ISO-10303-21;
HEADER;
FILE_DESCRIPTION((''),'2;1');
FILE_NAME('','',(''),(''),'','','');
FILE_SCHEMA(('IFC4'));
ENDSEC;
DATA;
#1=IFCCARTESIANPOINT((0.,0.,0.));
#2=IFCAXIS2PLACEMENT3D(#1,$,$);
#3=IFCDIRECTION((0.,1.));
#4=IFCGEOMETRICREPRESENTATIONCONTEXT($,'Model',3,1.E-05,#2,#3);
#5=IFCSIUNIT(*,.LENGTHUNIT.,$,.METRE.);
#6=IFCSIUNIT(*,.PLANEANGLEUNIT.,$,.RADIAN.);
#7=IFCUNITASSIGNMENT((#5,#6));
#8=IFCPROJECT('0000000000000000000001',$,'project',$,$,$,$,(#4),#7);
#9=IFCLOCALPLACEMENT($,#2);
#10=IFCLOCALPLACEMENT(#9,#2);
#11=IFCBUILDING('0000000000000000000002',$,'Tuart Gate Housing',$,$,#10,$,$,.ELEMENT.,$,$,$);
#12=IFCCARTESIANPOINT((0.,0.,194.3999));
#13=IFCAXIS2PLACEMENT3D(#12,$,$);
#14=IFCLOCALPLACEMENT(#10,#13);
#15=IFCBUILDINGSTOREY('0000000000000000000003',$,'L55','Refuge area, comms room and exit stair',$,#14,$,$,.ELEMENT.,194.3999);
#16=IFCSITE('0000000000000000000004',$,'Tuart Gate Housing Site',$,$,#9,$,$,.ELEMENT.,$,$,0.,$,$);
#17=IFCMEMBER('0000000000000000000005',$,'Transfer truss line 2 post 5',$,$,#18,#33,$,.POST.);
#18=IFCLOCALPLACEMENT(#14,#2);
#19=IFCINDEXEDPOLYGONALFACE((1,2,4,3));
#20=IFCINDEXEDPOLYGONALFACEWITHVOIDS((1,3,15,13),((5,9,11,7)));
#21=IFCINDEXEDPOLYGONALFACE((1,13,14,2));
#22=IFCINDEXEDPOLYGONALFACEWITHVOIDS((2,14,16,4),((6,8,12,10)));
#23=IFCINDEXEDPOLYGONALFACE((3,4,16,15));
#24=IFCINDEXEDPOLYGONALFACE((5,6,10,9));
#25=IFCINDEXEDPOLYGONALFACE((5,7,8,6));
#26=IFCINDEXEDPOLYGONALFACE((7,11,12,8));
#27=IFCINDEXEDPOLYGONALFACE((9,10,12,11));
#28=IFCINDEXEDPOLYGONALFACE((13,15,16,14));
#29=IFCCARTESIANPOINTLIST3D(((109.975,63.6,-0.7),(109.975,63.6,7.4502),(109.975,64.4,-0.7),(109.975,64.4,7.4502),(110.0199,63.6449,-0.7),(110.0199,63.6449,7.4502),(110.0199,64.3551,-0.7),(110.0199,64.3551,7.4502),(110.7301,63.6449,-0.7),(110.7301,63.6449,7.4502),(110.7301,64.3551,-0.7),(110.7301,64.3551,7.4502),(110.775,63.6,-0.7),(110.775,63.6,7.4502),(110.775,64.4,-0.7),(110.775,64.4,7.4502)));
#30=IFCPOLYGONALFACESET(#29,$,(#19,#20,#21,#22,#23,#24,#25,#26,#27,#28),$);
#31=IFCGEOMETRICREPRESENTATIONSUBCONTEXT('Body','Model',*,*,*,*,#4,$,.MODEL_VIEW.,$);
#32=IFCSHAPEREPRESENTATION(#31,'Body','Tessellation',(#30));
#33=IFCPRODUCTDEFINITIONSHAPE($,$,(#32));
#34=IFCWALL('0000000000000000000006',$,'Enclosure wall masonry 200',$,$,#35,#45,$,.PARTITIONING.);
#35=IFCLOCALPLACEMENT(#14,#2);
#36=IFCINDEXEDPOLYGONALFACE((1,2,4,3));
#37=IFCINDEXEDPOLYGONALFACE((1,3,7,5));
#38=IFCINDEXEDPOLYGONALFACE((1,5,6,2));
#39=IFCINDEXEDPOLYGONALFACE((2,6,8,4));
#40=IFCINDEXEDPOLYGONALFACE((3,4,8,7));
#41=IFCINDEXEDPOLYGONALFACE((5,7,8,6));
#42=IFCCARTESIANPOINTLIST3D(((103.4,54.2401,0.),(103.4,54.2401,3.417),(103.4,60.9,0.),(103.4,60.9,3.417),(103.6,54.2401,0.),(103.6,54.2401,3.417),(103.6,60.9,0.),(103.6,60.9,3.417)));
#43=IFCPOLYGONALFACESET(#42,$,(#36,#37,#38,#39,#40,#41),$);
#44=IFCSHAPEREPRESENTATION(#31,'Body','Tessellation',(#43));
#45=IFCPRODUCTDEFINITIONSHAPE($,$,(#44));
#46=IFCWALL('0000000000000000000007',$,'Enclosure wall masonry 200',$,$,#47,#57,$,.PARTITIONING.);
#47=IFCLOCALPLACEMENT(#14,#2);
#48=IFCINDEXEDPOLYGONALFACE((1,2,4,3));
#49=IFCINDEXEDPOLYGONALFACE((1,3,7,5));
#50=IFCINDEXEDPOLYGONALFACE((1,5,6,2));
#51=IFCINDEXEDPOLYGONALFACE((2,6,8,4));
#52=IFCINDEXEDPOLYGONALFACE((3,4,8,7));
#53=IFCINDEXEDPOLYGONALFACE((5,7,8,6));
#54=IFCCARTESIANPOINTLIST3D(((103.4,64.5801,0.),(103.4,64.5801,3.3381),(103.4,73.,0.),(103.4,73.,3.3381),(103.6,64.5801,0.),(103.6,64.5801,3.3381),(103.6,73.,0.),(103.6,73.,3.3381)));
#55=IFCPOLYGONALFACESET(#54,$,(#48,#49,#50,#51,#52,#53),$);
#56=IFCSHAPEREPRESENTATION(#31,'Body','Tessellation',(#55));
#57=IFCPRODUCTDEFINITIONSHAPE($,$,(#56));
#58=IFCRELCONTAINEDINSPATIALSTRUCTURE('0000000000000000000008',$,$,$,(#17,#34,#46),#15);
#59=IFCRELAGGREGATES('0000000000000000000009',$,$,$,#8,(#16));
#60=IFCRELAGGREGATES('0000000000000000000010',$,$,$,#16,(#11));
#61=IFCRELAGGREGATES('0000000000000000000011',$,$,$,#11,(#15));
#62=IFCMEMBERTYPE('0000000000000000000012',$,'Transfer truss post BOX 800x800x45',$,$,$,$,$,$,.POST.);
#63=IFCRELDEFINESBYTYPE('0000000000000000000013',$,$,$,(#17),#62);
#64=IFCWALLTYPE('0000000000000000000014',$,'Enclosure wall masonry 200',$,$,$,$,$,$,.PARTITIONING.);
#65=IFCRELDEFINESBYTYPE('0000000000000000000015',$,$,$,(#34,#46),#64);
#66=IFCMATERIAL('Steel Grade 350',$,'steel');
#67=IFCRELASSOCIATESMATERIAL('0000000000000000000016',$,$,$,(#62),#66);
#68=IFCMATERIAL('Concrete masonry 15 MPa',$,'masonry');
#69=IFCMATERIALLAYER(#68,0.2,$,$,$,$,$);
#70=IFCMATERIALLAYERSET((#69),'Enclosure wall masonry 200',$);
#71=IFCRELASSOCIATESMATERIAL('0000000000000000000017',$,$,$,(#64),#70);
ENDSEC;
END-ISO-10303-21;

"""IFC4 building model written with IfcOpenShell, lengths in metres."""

from ifc_helpers import new_model, si_unit, direction, frame, frame_2d, origin, origin_2d, place, context, subcontext, project, spatial, rectangle, hollow_rectangle, extrude, material, layer, layer_set, material_profile, profile_set, type_object, element, save


model = new_model("IFC4")

# Units and contexts
model_context = context("Model", 3, precision=1e-05, world=origin(), true_north=direction((0.0, 1.0)))
body_context = subcontext(model_context, "Body", "Model", "MODEL_VIEW")
ifc_project = project(units=[si_unit("LENGTHUNIT", "METRE"), si_unit("PLANEANGLEUNIT", "RADIAN")], contexts=[model_context])

# Site, building, storey
site_placement = place(None, origin())
site = spatial("IfcSite", under=ifc_project, at=site_placement, Name="Tuart Gate Housing Site", CompositionType="ELEMENT", RefElevation=0.0)
building_placement = place(site_placement, origin())
building = spatial("IfcBuilding", under=site, at=building_placement, Name="Tuart Gate Housing", CompositionType="ELEMENT")
storey_placement = place(building_placement, frame((0.0, 0.0, 194.3999)))
storey = spatial("IfcBuildingStorey", under=building, at=storey_placement, Name="L55", Description="Refuge area, comms room and exit stair", CompositionType="ELEMENT", Elevation=194.3999)

# Member
ifc_material_1 = material(Name="Steel Grade 350", Category="steel")
ifc_material_profile_1 = material_profile(ifc_material_1, hollow_rectangle(XDim=0.8, YDim=0.8, WallThickness=0.0449, at=origin_2d()), Name="BOX 800x800x45")
ifc_profile_set_1 = profile_set([ifc_material_profile_1], Name="Steel Grade 350")
member_type_1 = type_object("IfcMemberType", Name="Transfer truss post BOX 800x800x45", PredefinedType="POST", material=ifc_profile_set_1)
for number, where, z_axis, x_axis, name in (
    (1, (110.375, 64.0, -0.7), (0.0, 0.0, 1.0), (1.0, 0.0, 0.0), "Transfer truss line 2 post 5"),
):
    element("IfcMember", number, at=place(storey_placement, frame(where, z_axis=z_axis, x_axis=x_axis)), inside=storey, type_object=member_type_1, Name=name, PredefinedType="POST", context=body_context, shape_type="SweptSolid", body=[
        extrude(hollow_rectangle(XDim=0.8, YDim=0.8, WallThickness=0.0449, at=origin_2d()), origin(), (0.0, 0.0, 1.0), 8.1501),
    ])

# Walls
ifc_material_2 = material(Name="Concrete masonry 15 MPa", Category="masonry")
ifc_layer = layer(ifc_material_2, 0.2)
ifc_layer_set = layer_set([ifc_layer], Name="Enclosure wall masonry 200")
wall_type = type_object("IfcWallType", Name="Enclosure wall masonry 200", PredefinedType="PARTITIONING", material=ifc_layer_set)
wall_1_placement = place(storey_placement, frame((103.5, 54.24, 0.0), z_axis=(0.0, 0.0, 1.0), x_axis=(0.0, 1.0, 0.0)))
element("IfcWall", 2, at=wall_1_placement, inside=storey, type_object=wall_type, Name="Enclosure wall masonry 200", PredefinedType="PARTITIONING", context=body_context, shape_type="SweptSolid", body=[
    extrude(rectangle(XDim=6.6599, YDim=0.2, at=frame_2d((3.3301, 0.0))), origin(), (0.0, 0.0, 1.0), 3.417),
])
wall_2_placement = place(storey_placement, frame((103.5, 64.5801, 0.0), z_axis=(0.0, 0.0, 1.0), x_axis=(0.0, 1.0, 0.0)))
element("IfcWall", 3, at=wall_2_placement, inside=storey, type_object=wall_type, Name="Enclosure wall masonry 200", PredefinedType="PARTITIONING", context=body_context, shape_type="SweptSolid", body=[
    extrude(rectangle(XDim=8.4199, YDim=0.2, at=frame_2d((4.21, 0.0))), origin(), (0.0, 0.0, 1.0), 3.3381),
])

save(model, "model.ifc")
